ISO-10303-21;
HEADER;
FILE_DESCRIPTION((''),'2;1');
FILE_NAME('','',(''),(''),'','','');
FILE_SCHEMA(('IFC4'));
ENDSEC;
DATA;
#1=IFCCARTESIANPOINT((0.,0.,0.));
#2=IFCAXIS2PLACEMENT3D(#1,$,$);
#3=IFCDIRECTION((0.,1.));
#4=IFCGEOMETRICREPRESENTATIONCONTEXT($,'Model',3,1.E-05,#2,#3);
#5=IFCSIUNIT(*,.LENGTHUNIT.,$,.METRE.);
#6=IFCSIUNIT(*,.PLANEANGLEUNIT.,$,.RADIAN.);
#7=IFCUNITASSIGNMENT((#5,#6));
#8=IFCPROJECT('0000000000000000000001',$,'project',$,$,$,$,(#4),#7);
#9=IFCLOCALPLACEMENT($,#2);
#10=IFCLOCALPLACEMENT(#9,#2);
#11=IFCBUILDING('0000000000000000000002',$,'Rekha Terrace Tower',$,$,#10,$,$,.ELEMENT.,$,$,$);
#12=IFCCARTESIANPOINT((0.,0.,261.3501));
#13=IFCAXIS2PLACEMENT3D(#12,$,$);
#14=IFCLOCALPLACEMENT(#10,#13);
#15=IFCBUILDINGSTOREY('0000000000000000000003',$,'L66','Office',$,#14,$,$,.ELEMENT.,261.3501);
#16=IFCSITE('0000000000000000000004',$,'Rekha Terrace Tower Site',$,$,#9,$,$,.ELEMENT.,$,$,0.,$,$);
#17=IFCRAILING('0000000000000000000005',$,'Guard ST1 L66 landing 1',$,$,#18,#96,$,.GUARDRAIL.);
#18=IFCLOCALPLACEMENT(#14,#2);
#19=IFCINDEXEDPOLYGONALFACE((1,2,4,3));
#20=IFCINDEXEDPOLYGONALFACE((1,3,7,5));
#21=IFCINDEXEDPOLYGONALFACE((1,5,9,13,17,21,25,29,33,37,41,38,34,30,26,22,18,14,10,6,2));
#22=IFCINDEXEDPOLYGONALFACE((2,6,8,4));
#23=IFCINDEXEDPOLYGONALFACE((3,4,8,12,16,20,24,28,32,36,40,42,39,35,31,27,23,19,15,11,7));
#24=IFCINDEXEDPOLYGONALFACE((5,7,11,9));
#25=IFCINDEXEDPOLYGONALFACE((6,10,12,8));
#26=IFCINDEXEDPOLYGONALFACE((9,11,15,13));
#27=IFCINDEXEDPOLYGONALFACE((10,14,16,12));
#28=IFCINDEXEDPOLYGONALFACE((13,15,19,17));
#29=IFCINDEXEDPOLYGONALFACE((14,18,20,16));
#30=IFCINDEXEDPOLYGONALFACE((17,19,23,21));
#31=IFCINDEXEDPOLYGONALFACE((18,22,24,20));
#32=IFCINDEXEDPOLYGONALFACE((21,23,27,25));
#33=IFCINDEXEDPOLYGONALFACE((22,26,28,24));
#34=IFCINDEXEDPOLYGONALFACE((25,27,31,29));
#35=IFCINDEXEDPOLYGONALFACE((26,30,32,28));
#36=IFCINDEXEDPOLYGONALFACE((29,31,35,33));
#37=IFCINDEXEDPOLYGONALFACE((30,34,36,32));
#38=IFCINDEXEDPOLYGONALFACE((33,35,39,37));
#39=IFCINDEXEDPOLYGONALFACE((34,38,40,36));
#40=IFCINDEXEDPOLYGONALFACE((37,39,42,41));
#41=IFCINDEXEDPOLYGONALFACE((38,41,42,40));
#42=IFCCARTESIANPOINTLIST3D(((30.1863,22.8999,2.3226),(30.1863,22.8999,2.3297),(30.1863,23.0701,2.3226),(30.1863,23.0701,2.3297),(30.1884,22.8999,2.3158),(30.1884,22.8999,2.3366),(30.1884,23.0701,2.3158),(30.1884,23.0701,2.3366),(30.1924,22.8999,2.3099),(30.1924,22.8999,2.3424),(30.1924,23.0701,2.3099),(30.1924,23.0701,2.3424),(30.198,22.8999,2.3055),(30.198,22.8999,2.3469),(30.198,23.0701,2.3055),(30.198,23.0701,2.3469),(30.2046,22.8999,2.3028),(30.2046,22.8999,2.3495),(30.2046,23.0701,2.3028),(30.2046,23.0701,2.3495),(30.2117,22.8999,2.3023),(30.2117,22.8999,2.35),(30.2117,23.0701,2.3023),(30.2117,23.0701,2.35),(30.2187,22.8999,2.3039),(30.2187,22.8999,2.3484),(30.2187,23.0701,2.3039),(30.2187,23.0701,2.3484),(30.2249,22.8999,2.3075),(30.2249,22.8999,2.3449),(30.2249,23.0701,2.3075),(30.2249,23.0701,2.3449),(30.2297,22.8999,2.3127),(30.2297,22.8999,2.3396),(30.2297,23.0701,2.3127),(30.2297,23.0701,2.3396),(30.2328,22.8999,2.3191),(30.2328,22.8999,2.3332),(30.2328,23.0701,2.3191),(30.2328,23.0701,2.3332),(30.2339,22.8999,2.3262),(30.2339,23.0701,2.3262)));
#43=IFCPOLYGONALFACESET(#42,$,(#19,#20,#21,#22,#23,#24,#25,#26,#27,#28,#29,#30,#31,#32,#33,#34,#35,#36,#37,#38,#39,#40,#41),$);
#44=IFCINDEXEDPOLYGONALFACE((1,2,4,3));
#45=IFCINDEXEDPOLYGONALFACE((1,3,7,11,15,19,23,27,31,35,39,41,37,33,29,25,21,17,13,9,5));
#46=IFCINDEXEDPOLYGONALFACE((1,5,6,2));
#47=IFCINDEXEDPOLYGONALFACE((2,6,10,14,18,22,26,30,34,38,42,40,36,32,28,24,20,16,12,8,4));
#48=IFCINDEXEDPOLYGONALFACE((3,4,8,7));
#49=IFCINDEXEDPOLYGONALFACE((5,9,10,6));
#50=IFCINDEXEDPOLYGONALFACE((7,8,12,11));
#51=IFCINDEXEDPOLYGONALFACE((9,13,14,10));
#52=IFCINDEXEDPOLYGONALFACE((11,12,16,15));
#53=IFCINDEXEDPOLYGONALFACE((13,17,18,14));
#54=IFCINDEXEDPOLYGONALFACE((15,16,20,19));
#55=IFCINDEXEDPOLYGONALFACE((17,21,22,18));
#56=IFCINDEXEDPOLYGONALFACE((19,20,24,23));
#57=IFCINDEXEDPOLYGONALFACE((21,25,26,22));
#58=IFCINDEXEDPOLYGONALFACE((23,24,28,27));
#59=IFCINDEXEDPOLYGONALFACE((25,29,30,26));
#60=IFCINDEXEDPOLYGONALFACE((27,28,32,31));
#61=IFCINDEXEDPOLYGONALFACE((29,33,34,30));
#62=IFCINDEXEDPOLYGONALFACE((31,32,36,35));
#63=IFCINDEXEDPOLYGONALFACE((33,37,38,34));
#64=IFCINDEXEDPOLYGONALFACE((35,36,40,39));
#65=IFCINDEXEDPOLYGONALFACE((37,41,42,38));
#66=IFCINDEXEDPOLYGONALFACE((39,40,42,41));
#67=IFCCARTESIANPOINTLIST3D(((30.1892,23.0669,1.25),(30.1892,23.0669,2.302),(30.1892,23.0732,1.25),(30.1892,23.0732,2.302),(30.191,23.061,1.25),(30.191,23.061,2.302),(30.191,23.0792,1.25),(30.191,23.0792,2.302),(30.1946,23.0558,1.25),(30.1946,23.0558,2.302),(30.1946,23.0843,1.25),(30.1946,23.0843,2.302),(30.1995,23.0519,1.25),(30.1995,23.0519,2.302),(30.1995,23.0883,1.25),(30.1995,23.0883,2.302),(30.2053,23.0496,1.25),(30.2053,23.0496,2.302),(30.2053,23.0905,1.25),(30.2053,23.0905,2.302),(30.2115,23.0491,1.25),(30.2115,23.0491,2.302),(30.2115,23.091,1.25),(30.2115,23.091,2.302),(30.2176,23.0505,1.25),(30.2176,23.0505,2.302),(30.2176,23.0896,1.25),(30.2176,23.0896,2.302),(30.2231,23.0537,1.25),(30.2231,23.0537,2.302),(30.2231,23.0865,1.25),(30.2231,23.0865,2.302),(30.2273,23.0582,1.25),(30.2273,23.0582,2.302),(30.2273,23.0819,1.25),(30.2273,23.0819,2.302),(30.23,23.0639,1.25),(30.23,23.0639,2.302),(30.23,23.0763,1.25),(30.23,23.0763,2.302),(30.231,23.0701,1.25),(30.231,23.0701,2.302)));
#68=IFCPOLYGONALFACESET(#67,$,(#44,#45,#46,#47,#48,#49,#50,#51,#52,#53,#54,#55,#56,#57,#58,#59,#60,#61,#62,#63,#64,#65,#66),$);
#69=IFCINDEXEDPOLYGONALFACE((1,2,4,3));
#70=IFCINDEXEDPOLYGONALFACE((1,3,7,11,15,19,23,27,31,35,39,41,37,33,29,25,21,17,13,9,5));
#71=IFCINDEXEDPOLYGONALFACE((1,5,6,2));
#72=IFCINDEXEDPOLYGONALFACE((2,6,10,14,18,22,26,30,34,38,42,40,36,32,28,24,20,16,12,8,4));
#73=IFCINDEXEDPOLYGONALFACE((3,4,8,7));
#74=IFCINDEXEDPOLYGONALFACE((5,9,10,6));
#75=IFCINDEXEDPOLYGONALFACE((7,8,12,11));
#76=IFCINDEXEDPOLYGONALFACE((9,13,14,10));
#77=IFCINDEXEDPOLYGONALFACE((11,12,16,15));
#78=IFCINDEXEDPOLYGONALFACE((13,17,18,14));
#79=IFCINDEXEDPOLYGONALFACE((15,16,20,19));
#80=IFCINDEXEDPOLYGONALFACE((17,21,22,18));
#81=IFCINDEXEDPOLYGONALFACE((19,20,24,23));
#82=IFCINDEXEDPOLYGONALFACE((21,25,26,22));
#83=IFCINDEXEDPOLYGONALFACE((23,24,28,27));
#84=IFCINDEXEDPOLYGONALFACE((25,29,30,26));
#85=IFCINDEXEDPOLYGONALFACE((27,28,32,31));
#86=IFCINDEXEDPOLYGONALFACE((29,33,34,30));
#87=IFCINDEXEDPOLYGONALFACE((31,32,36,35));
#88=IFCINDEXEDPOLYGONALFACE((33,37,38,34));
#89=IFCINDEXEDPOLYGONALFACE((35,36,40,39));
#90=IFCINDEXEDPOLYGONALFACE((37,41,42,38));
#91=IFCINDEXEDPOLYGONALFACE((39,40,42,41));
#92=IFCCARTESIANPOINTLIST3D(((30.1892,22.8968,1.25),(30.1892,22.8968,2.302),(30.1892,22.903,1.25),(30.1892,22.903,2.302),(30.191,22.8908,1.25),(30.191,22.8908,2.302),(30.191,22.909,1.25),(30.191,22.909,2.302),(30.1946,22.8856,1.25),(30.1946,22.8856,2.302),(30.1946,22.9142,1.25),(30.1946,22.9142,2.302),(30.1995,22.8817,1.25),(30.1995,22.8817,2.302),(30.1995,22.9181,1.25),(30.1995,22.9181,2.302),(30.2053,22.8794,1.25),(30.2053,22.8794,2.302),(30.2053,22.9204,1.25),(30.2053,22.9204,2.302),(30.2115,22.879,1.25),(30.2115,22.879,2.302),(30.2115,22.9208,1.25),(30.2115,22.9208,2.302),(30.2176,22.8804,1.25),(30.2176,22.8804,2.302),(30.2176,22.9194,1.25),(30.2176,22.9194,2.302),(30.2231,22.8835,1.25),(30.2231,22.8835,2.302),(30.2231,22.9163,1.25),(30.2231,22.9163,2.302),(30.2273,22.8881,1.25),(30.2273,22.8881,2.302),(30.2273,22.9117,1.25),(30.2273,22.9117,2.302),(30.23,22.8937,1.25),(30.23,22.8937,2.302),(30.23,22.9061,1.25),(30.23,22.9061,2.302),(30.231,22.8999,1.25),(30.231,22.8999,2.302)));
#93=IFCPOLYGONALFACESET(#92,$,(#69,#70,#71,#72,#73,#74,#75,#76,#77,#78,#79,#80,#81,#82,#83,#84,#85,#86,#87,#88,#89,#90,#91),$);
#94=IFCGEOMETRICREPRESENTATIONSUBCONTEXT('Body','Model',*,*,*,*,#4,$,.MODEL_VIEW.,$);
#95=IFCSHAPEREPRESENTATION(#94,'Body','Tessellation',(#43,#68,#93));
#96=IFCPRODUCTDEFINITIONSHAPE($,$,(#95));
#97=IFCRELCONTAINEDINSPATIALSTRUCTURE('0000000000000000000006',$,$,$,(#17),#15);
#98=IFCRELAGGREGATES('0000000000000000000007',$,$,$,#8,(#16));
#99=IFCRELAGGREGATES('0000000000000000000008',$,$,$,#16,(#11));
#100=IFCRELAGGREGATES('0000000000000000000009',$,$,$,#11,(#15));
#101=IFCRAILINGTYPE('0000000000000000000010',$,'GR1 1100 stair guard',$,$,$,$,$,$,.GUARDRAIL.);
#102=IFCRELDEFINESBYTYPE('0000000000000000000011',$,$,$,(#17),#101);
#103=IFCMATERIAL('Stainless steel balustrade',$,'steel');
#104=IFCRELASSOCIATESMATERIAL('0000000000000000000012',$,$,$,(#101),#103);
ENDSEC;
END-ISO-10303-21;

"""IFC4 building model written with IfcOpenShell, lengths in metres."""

from ifc_helpers import new_model, si_unit, direction, frame, origin, origin_2d, place, context, subcontext, project, spatial, circle, extrude, material, type_object, element, save


model = new_model("IFC4")

# Units and contexts
model_context = context("Model", 3, precision=1e-05, world=origin(), true_north=direction((0.0, 1.0)))
body_context = subcontext(model_context, "Body", "Model", "MODEL_VIEW")
ifc_project = project(units=[si_unit("LENGTHUNIT", "METRE"), si_unit("PLANEANGLEUNIT", "RADIAN")], contexts=[model_context])

# Site, building, storey
site_placement = place(None, origin())
site = spatial("IfcSite", under=ifc_project, at=site_placement, Name="Rekha Terrace Tower Site", CompositionType="ELEMENT", RefElevation=0.0)
building_placement = place(site_placement, origin())
building = spatial("IfcBuilding", under=site, at=building_placement, Name="Rekha Terrace Tower", CompositionType="ELEMENT")
storey_placement = place(building_placement, frame((0.0, 0.0, 261.3501)))
storey = spatial("IfcBuildingStorey", under=building, at=storey_placement, Name="L66", Description="Office", CompositionType="ELEMENT", Elevation=261.3501)

# Railing
ifc_material_1 = material(Name="Stainless steel balustrade", Category="steel")
railing_type_1 = type_object("IfcRailingType", Name="GR1 1100 stair guard", PredefinedType="GUARDRAIL", material=ifc_material_1)
railing_1_placement = place(storey_placement, frame((30.21, 23.0701, 1.25)))
element("IfcRailing", 1, at=railing_1_placement, inside=storey, type_object=railing_type_1, Name="Guard ST1 L66 landing 1", PredefinedType="GUARDRAIL", context=body_context, shape_type="SweptSolid", body=[
    extrude(circle(Radius=0.0239, at=origin_2d()), frame((0.0, 0.0, 1.0762), z_axis=(0.0, -1.0, 0.0), x_axis=(1.0, 0.0, 0.0)), (0.0, 0.0, 1.0), 0.1702),
    extrude(circle(Radius=0.021, at=origin_2d()), origin(), (0.0, 0.0, 1.0), 1.052),
    extrude(circle(Radius=0.021, at=origin_2d()), frame((0.0, -0.1702, 0.0)), (0.0, 0.0, 1.0), 1.052),
])

save(model, "model.ifc")
